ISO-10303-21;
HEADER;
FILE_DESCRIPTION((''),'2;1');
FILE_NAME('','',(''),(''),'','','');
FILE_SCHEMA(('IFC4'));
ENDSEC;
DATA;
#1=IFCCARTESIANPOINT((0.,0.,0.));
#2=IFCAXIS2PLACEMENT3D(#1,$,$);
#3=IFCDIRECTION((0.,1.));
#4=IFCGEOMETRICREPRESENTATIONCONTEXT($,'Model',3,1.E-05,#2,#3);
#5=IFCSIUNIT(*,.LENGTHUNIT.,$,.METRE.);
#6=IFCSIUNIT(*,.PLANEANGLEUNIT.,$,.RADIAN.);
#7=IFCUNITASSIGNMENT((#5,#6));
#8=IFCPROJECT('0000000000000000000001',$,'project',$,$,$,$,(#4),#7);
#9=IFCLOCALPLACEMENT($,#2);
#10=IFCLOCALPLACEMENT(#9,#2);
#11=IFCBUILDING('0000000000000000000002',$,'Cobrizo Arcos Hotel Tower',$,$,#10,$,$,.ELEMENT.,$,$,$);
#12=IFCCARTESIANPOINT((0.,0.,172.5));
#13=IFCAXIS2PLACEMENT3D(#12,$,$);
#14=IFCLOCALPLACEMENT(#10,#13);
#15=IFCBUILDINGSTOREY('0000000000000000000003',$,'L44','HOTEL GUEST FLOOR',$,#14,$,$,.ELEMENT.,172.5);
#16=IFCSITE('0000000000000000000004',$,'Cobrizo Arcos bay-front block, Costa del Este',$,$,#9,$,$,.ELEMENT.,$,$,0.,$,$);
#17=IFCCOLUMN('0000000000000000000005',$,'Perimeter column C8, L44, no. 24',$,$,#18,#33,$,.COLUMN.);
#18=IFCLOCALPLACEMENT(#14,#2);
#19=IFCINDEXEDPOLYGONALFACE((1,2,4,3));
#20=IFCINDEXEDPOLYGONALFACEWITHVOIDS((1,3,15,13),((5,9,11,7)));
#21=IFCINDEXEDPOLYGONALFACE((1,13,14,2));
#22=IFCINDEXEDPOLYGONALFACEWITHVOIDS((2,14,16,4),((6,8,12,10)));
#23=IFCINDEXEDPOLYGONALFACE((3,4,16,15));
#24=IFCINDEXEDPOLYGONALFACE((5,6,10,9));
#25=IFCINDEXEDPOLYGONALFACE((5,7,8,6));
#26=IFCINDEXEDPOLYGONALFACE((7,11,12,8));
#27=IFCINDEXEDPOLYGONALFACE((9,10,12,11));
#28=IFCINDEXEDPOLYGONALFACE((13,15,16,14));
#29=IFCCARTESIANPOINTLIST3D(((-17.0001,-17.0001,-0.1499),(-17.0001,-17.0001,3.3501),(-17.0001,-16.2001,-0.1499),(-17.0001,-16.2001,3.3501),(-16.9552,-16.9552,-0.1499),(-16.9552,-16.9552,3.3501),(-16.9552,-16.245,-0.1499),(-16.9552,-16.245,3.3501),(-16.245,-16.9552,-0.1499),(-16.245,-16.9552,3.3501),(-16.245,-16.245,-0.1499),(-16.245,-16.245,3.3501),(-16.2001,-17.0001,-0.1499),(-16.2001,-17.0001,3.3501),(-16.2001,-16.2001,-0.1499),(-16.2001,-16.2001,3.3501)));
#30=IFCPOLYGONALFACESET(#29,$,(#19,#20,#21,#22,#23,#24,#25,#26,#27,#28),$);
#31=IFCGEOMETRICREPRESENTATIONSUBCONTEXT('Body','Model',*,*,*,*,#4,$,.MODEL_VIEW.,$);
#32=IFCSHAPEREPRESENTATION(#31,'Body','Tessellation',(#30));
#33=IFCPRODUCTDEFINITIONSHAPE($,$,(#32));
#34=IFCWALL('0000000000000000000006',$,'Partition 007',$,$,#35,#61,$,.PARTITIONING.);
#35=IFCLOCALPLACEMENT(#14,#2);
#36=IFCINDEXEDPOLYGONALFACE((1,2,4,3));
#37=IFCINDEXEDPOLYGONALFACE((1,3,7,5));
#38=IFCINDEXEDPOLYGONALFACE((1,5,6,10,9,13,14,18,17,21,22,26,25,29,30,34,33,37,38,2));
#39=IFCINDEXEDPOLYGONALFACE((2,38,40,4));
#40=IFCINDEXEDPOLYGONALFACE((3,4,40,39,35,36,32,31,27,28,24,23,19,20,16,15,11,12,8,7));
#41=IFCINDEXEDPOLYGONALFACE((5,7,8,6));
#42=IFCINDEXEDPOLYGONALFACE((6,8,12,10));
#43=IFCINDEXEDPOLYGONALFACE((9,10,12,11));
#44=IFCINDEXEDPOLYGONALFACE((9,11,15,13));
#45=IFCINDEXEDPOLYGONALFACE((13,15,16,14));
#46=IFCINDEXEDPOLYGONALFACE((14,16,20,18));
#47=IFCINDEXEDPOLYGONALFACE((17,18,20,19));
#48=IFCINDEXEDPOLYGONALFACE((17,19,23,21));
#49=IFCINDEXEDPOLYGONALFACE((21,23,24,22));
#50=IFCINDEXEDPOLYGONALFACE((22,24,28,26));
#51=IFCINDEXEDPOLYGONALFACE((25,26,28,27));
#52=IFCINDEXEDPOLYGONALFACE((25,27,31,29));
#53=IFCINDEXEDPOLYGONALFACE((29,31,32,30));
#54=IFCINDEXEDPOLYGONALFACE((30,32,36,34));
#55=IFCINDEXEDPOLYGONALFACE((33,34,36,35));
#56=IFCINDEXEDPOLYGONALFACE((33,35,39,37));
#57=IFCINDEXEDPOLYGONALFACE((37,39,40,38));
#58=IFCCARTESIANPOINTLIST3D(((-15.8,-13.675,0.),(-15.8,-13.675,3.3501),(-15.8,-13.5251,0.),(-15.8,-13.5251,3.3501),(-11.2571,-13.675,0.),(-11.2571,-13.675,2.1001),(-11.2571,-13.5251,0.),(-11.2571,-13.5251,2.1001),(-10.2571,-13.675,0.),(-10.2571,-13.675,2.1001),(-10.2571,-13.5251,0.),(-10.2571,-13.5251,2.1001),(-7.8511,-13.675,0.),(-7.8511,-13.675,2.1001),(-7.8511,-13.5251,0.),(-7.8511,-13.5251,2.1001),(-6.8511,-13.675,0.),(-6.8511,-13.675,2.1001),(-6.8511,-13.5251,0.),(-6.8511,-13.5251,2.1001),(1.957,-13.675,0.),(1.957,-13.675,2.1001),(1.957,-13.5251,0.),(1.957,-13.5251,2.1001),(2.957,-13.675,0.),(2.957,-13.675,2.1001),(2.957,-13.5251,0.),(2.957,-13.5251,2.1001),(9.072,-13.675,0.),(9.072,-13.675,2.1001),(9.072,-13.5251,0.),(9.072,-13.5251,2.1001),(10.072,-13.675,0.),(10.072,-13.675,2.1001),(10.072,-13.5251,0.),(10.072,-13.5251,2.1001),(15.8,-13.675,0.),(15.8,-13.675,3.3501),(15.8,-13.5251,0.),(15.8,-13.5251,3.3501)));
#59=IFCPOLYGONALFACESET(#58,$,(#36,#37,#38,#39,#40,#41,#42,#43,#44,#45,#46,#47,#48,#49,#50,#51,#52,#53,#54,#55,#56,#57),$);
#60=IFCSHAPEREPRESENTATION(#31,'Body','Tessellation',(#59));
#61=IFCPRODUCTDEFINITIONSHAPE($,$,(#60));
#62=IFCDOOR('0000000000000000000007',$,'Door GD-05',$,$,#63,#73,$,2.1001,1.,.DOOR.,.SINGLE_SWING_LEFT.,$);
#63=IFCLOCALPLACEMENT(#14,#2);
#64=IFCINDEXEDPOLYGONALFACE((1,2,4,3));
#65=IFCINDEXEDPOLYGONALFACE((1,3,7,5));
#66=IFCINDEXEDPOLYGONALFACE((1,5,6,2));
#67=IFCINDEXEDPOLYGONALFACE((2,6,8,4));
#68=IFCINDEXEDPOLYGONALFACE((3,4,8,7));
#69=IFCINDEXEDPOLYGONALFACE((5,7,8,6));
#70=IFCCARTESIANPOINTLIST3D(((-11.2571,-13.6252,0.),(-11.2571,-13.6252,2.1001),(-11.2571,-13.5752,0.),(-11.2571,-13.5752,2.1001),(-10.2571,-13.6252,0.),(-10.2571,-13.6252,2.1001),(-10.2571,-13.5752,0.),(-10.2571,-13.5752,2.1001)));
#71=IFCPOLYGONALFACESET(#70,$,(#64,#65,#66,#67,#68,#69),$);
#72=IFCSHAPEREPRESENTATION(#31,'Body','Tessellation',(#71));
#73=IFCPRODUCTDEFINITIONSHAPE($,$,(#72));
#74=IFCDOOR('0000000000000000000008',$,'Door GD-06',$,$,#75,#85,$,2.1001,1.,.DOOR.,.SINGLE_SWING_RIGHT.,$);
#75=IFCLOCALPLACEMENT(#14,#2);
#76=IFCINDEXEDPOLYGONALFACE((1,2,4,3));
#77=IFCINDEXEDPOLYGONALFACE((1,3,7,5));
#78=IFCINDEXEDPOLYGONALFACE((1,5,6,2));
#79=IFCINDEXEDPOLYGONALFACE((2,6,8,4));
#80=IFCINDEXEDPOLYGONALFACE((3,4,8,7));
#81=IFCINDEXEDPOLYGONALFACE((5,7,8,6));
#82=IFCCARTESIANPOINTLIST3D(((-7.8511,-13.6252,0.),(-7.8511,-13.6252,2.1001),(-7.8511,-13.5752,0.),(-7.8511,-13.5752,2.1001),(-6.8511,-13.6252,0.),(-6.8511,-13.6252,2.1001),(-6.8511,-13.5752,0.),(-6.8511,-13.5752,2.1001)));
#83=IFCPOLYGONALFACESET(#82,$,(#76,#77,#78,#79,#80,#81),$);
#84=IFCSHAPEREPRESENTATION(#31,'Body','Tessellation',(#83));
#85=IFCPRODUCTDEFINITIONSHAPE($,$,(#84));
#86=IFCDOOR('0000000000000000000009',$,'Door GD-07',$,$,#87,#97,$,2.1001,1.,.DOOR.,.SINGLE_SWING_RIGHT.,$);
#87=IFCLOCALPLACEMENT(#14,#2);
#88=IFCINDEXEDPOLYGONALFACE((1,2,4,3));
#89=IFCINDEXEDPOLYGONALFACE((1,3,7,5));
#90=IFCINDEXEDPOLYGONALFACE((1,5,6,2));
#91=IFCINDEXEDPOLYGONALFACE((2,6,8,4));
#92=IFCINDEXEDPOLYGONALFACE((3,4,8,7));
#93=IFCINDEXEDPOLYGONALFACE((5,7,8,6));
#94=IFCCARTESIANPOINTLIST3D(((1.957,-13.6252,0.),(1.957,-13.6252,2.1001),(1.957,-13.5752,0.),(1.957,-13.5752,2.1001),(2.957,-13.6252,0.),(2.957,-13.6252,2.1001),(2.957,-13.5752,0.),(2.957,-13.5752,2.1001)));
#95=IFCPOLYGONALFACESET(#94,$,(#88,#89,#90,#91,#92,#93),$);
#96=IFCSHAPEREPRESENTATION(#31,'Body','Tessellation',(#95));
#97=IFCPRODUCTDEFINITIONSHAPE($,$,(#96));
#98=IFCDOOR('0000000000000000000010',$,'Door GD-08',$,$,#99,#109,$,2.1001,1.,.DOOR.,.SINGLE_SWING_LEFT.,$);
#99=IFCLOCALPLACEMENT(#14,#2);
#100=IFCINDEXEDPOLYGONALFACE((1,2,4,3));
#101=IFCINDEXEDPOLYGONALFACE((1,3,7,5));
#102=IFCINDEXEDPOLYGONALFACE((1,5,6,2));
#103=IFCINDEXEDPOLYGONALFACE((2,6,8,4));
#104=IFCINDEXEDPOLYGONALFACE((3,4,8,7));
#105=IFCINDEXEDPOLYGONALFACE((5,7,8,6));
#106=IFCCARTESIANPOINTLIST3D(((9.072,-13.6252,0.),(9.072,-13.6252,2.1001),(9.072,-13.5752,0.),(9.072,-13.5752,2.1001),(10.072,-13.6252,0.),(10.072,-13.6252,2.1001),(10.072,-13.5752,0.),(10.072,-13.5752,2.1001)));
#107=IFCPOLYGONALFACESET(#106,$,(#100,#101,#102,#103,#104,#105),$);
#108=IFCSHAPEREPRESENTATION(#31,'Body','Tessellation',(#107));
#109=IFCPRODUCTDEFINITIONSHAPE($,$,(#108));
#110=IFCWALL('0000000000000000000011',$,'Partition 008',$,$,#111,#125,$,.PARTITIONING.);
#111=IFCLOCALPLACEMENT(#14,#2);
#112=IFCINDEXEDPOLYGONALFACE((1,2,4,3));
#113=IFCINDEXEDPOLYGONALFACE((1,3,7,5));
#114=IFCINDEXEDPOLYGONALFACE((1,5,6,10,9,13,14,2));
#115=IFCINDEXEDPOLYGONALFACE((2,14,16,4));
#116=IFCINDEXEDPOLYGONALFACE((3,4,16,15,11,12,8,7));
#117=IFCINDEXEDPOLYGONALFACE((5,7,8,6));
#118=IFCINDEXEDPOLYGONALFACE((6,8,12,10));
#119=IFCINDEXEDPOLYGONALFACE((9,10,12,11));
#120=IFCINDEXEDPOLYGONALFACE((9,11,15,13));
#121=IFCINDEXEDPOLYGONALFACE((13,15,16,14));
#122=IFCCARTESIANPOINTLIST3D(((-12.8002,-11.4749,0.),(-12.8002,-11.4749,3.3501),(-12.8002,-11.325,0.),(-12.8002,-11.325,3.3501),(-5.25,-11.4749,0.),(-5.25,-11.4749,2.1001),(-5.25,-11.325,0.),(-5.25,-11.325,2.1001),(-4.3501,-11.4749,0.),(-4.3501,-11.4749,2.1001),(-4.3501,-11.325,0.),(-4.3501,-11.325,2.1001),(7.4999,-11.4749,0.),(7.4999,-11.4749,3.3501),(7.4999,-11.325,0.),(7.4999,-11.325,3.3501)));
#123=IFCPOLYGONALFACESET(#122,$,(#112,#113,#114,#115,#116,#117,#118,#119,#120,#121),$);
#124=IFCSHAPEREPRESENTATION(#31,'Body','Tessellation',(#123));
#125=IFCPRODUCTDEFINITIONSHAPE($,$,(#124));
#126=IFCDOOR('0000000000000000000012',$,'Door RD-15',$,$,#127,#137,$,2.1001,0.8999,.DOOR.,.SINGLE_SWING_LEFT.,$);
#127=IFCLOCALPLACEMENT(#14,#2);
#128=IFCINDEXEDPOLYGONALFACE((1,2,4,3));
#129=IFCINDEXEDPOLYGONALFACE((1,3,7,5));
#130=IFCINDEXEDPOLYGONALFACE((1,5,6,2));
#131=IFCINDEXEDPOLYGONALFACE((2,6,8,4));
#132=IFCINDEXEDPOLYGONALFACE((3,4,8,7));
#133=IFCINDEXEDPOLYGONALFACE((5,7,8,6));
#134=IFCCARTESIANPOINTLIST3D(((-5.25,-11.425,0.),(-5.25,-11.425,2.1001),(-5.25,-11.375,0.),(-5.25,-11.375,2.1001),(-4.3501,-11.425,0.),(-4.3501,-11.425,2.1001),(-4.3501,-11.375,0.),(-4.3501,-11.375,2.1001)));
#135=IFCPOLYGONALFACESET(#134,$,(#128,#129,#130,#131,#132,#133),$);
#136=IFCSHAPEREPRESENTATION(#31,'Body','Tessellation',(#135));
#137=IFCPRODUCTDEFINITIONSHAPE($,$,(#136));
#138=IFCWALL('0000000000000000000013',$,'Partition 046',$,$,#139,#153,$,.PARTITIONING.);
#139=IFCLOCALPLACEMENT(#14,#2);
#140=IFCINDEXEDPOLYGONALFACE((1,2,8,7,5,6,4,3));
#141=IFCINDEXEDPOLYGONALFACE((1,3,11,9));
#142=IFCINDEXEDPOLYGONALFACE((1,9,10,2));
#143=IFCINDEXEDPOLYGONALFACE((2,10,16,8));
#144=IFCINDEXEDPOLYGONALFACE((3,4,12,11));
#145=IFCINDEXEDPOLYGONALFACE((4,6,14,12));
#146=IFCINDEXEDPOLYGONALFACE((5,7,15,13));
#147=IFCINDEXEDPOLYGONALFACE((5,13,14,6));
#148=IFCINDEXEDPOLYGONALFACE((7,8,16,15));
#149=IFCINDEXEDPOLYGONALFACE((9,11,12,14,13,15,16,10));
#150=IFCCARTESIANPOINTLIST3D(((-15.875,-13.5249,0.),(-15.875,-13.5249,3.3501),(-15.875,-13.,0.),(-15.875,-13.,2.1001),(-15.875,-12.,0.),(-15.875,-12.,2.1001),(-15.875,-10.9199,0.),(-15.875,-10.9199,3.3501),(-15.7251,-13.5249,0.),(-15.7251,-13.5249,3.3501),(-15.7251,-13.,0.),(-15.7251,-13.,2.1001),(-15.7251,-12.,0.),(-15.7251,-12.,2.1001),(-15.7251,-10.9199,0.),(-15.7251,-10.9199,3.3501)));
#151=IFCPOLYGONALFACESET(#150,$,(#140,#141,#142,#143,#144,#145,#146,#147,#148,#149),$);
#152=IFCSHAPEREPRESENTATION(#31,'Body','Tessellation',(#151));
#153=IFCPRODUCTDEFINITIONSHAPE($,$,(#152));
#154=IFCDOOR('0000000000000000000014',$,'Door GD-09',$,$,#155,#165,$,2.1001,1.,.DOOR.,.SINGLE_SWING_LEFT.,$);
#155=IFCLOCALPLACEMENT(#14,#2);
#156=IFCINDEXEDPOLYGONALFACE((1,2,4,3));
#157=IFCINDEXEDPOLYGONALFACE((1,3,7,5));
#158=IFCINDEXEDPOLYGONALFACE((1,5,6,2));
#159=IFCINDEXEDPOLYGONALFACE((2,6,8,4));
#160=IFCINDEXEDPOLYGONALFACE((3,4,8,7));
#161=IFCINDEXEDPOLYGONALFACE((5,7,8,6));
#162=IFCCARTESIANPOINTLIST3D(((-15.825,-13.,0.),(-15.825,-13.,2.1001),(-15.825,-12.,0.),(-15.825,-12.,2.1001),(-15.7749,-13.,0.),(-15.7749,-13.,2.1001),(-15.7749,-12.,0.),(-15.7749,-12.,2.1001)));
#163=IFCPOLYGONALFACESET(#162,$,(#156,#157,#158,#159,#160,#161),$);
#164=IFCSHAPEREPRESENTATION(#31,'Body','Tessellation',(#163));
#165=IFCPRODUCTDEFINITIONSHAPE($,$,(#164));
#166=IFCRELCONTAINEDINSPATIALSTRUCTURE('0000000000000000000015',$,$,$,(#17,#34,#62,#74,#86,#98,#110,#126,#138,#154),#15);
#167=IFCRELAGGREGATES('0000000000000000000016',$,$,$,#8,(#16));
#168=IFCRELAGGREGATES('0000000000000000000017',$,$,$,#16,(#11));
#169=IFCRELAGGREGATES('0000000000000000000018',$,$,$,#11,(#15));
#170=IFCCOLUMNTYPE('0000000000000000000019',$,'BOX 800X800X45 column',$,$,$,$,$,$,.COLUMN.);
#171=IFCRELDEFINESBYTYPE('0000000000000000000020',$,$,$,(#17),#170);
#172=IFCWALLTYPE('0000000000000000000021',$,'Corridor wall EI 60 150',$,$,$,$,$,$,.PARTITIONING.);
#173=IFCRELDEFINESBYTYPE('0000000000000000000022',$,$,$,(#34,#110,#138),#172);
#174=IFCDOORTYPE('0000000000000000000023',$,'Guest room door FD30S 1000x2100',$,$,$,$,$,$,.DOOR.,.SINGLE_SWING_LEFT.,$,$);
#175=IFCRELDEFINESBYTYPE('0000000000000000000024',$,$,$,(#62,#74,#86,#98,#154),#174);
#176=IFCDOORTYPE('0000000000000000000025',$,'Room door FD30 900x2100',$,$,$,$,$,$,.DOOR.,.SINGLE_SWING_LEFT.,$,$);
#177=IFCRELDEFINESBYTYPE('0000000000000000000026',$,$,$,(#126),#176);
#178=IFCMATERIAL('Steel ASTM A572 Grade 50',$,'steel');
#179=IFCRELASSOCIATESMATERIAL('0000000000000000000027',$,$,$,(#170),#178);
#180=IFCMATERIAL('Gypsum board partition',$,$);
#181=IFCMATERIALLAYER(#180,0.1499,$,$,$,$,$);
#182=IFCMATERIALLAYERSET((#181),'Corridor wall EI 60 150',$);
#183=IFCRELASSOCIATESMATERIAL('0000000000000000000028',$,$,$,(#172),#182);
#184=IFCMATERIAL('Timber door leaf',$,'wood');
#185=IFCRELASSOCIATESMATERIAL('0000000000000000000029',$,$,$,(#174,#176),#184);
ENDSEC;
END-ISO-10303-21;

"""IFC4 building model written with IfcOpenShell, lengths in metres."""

from ifc_helpers import new_model, si_unit, direction, frame, frame_2d, origin, origin_2d, place, context, subcontext, project, spatial, rectangle, hollow_rectangle, extrude, material, layer, layer_set, material_profile, profile_set, type_object, element, fill, save


model = new_model("IFC4")

# Units and contexts
model_context = context("Model", 3, precision=1e-05, world=origin(), true_north=direction((0.0, 1.0)))
body_context = subcontext(model_context, "Body", "Model", "MODEL_VIEW")
ifc_project = project(units=[si_unit("LENGTHUNIT", "METRE"), si_unit("PLANEANGLEUNIT", "RADIAN")], contexts=[model_context])

# Site, building, storey
site_placement = place(None, origin())
site = spatial("IfcSite", under=ifc_project, at=site_placement, Name="Cobrizo Arcos bay-front block, Costa del Este", CompositionType="ELEMENT", RefElevation=0.0)
building_placement = place(site_placement, origin())
building = spatial("IfcBuilding", under=site, at=building_placement, Name="Cobrizo Arcos Hotel Tower", CompositionType="ELEMENT")
storey_placement = place(building_placement, frame((0.0, 0.0, 172.5)))
storey = spatial("IfcBuildingStorey", under=building, at=storey_placement, Name="L44", Description="HOTEL GUEST FLOOR", CompositionType="ELEMENT", Elevation=172.5)

# Column
ifc_material_1 = material(Name="Steel ASTM A572 Grade 50", Category="steel")
ifc_material_profile = material_profile(ifc_material_1, hollow_rectangle(XDim=0.8, YDim=0.8, WallThickness=0.0449, at=origin_2d()), Name="BOX 800X800X45")
ifc_profile_set = profile_set([ifc_material_profile], Name="Steel ASTM A572 Grade 50")
column_type = type_object("IfcColumnType", Name="BOX 800X800X45 column", PredefinedType="COLUMN", material=ifc_profile_set)
column_placement = place(storey_placement, frame((-16.6001, -16.6001, -0.1499), z_axis=(0.0, 0.0, 1.0), x_axis=(1.0, 0.0, 0.0)))
element("IfcColumn", 1, at=column_placement, inside=storey, type_object=column_type, Name="Perimeter column C8, L44, no. 24", PredefinedType="COLUMN", context=body_context, shape_type="SweptSolid", body=[
    extrude(hollow_rectangle(XDim=0.8, YDim=0.8, WallThickness=0.0449, at=origin_2d()), origin(), (0.0, 0.0, 1.0), 3.5),
])

# Wall, openings, doors
ifc_material_2 = material(Name="Gypsum board partition")
ifc_layer_1 = layer(ifc_material_2, 0.1499)
ifc_layer_set_1 = layer_set([ifc_layer_1], Name="Corridor wall EI 60 150")
wall_type_1 = type_object("IfcWallType", Name="Corridor wall EI 60 150", PredefinedType="PARTITIONING", material=ifc_layer_set_1)
wall_1_placement = place(storey_placement, frame((-15.8, -13.6001, 0.0), z_axis=(0.0, 0.0, 1.0), x_axis=(1.0, 0.0, 0.0)))
wall_1 = element("IfcWall", 2, at=wall_1_placement, inside=storey, type_object=wall_type_1, Name="Partition 007", PredefinedType="PARTITIONING", context=body_context, shape_type="SweptSolid", body=[
    extrude(rectangle(XDim=31.6001, YDim=0.1499, at=frame_2d((15.8, 0.0))), origin(), (0.0, 0.0, 1.0), 3.3501),
])
opening_1_placement = place(wall_1_placement, frame((4.543, 0.0, 0.0)))
opening_1 = element("IfcOpeningElement", 3, at=opening_1_placement, cuts=wall_1, PredefinedType="OPENING", context=body_context, shape_type="SweptSolid", body=[
    extrude(rectangle(XDim=1.0, YDim=2.1001, at=frame_2d((0.5, 1.05))), frame((0.0, 0.0869, 0.0), z_axis=(0.0, -1.0, 0.0), x_axis=(1.0, 0.0, 0.0)), (0.0, 0.0, 1.0), 0.1738),
])
opening_2_placement = place(wall_1_placement, frame((7.949, 0.0, 0.0)))
opening_2 = element("IfcOpeningElement", 4, at=opening_2_placement, cuts=wall_1, PredefinedType="OPENING", context=body_context, shape_type="SweptSolid", body=[
    extrude(rectangle(XDim=1.0, YDim=2.1001, at=frame_2d((0.5, 1.05))), frame((0.0, 0.0869, 0.0), z_axis=(0.0, -1.0, 0.0), x_axis=(1.0, 0.0, 0.0)), (0.0, 0.0, 1.0), 0.1738),
])
opening_3_placement = place(wall_1_placement, frame((17.7571, 0.0, 0.0)))
opening_3 = element("IfcOpeningElement", 5, at=opening_3_placement, cuts=wall_1, PredefinedType="OPENING", context=body_context, shape_type="SweptSolid", body=[
    extrude(rectangle(XDim=1.0, YDim=2.1001, at=frame_2d((0.5, 1.05))), frame((0.0, 0.0869, 0.0), z_axis=(0.0, -1.0, 0.0), x_axis=(1.0, 0.0, 0.0)), (0.0, 0.0, 1.0), 0.1738),
])
opening_4_placement = place(wall_1_placement, frame((24.8721, 0.0, 0.0)))
opening_4 = element("IfcOpeningElement", 6, at=opening_4_placement, cuts=wall_1, PredefinedType="OPENING", context=body_context, shape_type="SweptSolid", body=[
    extrude(rectangle(XDim=1.0, YDim=2.1001, at=frame_2d((0.5, 1.05))), frame((0.0, 0.0869, 0.0), z_axis=(0.0, -1.0, 0.0), x_axis=(1.0, 0.0, 0.0)), (0.0, 0.0, 1.0), 0.1738),
])
ifc_material_3 = material(Name="Timber door leaf", Category="wood")
door_type_1 = type_object("IfcDoorType", Name="Guest room door FD30S 1000x2100", OperationType="SINGLE_SWING_LEFT", PredefinedType="DOOR", material=ifc_material_3)
door_1_placement = place(opening_1_placement, origin())
door_1 = element("IfcDoor", 7, at=door_1_placement, inside=storey, type_object=door_type_1, Name="Door GD-05", OperationType="SINGLE_SWING_LEFT", OverallHeight=2.1001, OverallWidth=1.0, PredefinedType="DOOR", context=body_context, shape_type="SweptSolid", body=[
    extrude(rectangle(XDim=1.0, YDim=2.1001, at=frame_2d((0.5, 1.05))), frame((0.0, 0.0249, 0.0), z_axis=(0.0, -1.0, 0.0), x_axis=(1.0, 0.0, 0.0)), (0.0, 0.0, 1.0), 0.05),
])
fill(opening_1, door_1)
door_2_placement = place(opening_2_placement, origin())
door_2 = element("IfcDoor", 8, at=door_2_placement, inside=storey, type_object=door_type_1, Name="Door GD-06", OperationType="SINGLE_SWING_RIGHT", OverallHeight=2.1001, OverallWidth=1.0, PredefinedType="DOOR", context=body_context, shape_type="SweptSolid", body=[
    extrude(rectangle(XDim=1.0, YDim=2.1001, at=frame_2d((0.5, 1.05))), frame((0.0, 0.0249, 0.0), z_axis=(0.0, -1.0, 0.0), x_axis=(1.0, 0.0, 0.0)), (0.0, 0.0, 1.0), 0.05),
])
fill(opening_2, door_2)
door_3_placement = place(opening_3_placement, origin())
door_3 = element("IfcDoor", 9, at=door_3_placement, inside=storey, type_object=door_type_1, Name="Door GD-07", OperationType="SINGLE_SWING_RIGHT", OverallHeight=2.1001, OverallWidth=1.0, PredefinedType="DOOR", context=body_context, shape_type="SweptSolid", body=[
    extrude(rectangle(XDim=1.0, YDim=2.1001, at=frame_2d((0.5, 1.05))), frame((0.0, 0.0249, 0.0), z_axis=(0.0, -1.0, 0.0), x_axis=(1.0, 0.0, 0.0)), (0.0, 0.0, 1.0), 0.05),
])
fill(opening_3, door_3)
door_4_placement = place(opening_4_placement, origin())
door_4 = element("IfcDoor", 10, at=door_4_placement, inside=storey, type_object=door_type_1, Name="Door GD-08", OperationType="SINGLE_SWING_LEFT", OverallHeight=2.1001, OverallWidth=1.0, PredefinedType="DOOR", context=body_context, shape_type="SweptSolid", body=[
    extrude(rectangle(XDim=1.0, YDim=2.1001, at=frame_2d((0.5, 1.05))), frame((0.0, 0.0249, 0.0), z_axis=(0.0, -1.0, 0.0), x_axis=(1.0, 0.0, 0.0)), (0.0, 0.0, 1.0), 0.05),
])
fill(opening_4, door_4)

# Walls, openings, doors
wall_2_placement = place(storey_placement, frame((-12.8, -11.3999, 0.0), z_axis=(0.0, 0.0, 1.0), x_axis=(1.0, 0.0, 0.0)))
wall_2 = element("IfcWall", 11, at=wall_2_placement, inside=storey, type_object=wall_type_1, Name="Partition 008", PredefinedType="PARTITIONING", context=body_context, shape_type="SweptSolid", body=[
    extrude(rectangle(XDim=20.3, YDim=0.1499, at=frame_2d((10.1499, 0.0))), origin(), (0.0, 0.0, 1.0), 3.3501),
])
opening_5_placement = place(wall_2_placement, frame((7.55, 0.0, 0.0)))
opening_5 = element("IfcOpeningElement", 12, at=opening_5_placement, cuts=wall_2, PredefinedType="OPENING", context=body_context, shape_type="SweptSolid", body=[
    extrude(rectangle(XDim=0.8999, YDim=2.1001, at=frame_2d((0.45, 1.05))), frame((0.0, 0.0869, 0.0), z_axis=(0.0, -1.0, 0.0), x_axis=(1.0, 0.0, 0.0)), (0.0, 0.0, 1.0), 0.1738),
])
door_type_2 = type_object("IfcDoorType", Name="Room door FD30 900x2100", OperationType="SINGLE_SWING_LEFT", PredefinedType="DOOR", material=ifc_material_3)
door_5_placement = place(opening_5_placement, origin())
door_5 = element("IfcDoor", 13, at=door_5_placement, inside=storey, type_object=door_type_2, Name="Door RD-15", OperationType="SINGLE_SWING_LEFT", OverallHeight=2.1001, OverallWidth=0.8999, PredefinedType="DOOR", context=body_context, shape_type="SweptSolid", body=[
    extrude(rectangle(XDim=0.8999, YDim=2.1001, at=frame_2d((0.45, 1.05))), frame((0.0, 0.0249, 0.0), z_axis=(0.0, -1.0, 0.0), x_axis=(1.0, 0.0, 0.0)), (0.0, 0.0, 1.0), 0.05),
])
fill(opening_5, door_5)
wall_3_placement = place(storey_placement, frame((-15.8, -13.5249, 0.0), z_axis=(0.0, 0.0, 1.0), x_axis=(0.0, 1.0, 0.0)))
wall_3 = element("IfcWall", 14, at=wall_3_placement, inside=storey, type_object=wall_type_1, Name="Partition 046", PredefinedType="PARTITIONING", context=body_context, shape_type="SweptSolid", body=[
    extrude(rectangle(XDim=2.605, YDim=0.1499, at=frame_2d((1.3025, 0.0))), origin(), (0.0, 0.0, 1.0), 3.3501),
])
opening_6_placement = place(wall_3_placement, frame((0.5249, 0.0, 0.0)))
opening_6 = element("IfcOpeningElement", 15, at=opening_6_placement, cuts=wall_3, PredefinedType="OPENING", context=body_context, shape_type="SweptSolid", body=[
    extrude(rectangle(XDim=1.0, YDim=2.1001, at=frame_2d((0.5, 1.05))), frame((0.0, 0.0869, 0.0), z_axis=(0.0, -1.0, 0.0), x_axis=(1.0, 0.0, 0.0)), (0.0, 0.0, 1.0), 0.1738),
])
door_6_placement = place(opening_6_placement, origin())
door_6 = element("IfcDoor", 16, at=door_6_placement, inside=storey, type_object=door_type_1, Name="Door GD-09", OperationType="SINGLE_SWING_LEFT", OverallHeight=2.1001, OverallWidth=1.0, PredefinedType="DOOR", context=body_context, shape_type="SweptSolid", body=[
    extrude(rectangle(XDim=1.0, YDim=2.1001, at=frame_2d((0.5, 1.05))), frame((0.0, 0.0249, 0.0), z_axis=(0.0, -1.0, 0.0), x_axis=(1.0, 0.0, 0.0)), (0.0, 0.0, 1.0), 0.05),
])
fill(opening_6, door_6)

save(model, "model.ifc")
